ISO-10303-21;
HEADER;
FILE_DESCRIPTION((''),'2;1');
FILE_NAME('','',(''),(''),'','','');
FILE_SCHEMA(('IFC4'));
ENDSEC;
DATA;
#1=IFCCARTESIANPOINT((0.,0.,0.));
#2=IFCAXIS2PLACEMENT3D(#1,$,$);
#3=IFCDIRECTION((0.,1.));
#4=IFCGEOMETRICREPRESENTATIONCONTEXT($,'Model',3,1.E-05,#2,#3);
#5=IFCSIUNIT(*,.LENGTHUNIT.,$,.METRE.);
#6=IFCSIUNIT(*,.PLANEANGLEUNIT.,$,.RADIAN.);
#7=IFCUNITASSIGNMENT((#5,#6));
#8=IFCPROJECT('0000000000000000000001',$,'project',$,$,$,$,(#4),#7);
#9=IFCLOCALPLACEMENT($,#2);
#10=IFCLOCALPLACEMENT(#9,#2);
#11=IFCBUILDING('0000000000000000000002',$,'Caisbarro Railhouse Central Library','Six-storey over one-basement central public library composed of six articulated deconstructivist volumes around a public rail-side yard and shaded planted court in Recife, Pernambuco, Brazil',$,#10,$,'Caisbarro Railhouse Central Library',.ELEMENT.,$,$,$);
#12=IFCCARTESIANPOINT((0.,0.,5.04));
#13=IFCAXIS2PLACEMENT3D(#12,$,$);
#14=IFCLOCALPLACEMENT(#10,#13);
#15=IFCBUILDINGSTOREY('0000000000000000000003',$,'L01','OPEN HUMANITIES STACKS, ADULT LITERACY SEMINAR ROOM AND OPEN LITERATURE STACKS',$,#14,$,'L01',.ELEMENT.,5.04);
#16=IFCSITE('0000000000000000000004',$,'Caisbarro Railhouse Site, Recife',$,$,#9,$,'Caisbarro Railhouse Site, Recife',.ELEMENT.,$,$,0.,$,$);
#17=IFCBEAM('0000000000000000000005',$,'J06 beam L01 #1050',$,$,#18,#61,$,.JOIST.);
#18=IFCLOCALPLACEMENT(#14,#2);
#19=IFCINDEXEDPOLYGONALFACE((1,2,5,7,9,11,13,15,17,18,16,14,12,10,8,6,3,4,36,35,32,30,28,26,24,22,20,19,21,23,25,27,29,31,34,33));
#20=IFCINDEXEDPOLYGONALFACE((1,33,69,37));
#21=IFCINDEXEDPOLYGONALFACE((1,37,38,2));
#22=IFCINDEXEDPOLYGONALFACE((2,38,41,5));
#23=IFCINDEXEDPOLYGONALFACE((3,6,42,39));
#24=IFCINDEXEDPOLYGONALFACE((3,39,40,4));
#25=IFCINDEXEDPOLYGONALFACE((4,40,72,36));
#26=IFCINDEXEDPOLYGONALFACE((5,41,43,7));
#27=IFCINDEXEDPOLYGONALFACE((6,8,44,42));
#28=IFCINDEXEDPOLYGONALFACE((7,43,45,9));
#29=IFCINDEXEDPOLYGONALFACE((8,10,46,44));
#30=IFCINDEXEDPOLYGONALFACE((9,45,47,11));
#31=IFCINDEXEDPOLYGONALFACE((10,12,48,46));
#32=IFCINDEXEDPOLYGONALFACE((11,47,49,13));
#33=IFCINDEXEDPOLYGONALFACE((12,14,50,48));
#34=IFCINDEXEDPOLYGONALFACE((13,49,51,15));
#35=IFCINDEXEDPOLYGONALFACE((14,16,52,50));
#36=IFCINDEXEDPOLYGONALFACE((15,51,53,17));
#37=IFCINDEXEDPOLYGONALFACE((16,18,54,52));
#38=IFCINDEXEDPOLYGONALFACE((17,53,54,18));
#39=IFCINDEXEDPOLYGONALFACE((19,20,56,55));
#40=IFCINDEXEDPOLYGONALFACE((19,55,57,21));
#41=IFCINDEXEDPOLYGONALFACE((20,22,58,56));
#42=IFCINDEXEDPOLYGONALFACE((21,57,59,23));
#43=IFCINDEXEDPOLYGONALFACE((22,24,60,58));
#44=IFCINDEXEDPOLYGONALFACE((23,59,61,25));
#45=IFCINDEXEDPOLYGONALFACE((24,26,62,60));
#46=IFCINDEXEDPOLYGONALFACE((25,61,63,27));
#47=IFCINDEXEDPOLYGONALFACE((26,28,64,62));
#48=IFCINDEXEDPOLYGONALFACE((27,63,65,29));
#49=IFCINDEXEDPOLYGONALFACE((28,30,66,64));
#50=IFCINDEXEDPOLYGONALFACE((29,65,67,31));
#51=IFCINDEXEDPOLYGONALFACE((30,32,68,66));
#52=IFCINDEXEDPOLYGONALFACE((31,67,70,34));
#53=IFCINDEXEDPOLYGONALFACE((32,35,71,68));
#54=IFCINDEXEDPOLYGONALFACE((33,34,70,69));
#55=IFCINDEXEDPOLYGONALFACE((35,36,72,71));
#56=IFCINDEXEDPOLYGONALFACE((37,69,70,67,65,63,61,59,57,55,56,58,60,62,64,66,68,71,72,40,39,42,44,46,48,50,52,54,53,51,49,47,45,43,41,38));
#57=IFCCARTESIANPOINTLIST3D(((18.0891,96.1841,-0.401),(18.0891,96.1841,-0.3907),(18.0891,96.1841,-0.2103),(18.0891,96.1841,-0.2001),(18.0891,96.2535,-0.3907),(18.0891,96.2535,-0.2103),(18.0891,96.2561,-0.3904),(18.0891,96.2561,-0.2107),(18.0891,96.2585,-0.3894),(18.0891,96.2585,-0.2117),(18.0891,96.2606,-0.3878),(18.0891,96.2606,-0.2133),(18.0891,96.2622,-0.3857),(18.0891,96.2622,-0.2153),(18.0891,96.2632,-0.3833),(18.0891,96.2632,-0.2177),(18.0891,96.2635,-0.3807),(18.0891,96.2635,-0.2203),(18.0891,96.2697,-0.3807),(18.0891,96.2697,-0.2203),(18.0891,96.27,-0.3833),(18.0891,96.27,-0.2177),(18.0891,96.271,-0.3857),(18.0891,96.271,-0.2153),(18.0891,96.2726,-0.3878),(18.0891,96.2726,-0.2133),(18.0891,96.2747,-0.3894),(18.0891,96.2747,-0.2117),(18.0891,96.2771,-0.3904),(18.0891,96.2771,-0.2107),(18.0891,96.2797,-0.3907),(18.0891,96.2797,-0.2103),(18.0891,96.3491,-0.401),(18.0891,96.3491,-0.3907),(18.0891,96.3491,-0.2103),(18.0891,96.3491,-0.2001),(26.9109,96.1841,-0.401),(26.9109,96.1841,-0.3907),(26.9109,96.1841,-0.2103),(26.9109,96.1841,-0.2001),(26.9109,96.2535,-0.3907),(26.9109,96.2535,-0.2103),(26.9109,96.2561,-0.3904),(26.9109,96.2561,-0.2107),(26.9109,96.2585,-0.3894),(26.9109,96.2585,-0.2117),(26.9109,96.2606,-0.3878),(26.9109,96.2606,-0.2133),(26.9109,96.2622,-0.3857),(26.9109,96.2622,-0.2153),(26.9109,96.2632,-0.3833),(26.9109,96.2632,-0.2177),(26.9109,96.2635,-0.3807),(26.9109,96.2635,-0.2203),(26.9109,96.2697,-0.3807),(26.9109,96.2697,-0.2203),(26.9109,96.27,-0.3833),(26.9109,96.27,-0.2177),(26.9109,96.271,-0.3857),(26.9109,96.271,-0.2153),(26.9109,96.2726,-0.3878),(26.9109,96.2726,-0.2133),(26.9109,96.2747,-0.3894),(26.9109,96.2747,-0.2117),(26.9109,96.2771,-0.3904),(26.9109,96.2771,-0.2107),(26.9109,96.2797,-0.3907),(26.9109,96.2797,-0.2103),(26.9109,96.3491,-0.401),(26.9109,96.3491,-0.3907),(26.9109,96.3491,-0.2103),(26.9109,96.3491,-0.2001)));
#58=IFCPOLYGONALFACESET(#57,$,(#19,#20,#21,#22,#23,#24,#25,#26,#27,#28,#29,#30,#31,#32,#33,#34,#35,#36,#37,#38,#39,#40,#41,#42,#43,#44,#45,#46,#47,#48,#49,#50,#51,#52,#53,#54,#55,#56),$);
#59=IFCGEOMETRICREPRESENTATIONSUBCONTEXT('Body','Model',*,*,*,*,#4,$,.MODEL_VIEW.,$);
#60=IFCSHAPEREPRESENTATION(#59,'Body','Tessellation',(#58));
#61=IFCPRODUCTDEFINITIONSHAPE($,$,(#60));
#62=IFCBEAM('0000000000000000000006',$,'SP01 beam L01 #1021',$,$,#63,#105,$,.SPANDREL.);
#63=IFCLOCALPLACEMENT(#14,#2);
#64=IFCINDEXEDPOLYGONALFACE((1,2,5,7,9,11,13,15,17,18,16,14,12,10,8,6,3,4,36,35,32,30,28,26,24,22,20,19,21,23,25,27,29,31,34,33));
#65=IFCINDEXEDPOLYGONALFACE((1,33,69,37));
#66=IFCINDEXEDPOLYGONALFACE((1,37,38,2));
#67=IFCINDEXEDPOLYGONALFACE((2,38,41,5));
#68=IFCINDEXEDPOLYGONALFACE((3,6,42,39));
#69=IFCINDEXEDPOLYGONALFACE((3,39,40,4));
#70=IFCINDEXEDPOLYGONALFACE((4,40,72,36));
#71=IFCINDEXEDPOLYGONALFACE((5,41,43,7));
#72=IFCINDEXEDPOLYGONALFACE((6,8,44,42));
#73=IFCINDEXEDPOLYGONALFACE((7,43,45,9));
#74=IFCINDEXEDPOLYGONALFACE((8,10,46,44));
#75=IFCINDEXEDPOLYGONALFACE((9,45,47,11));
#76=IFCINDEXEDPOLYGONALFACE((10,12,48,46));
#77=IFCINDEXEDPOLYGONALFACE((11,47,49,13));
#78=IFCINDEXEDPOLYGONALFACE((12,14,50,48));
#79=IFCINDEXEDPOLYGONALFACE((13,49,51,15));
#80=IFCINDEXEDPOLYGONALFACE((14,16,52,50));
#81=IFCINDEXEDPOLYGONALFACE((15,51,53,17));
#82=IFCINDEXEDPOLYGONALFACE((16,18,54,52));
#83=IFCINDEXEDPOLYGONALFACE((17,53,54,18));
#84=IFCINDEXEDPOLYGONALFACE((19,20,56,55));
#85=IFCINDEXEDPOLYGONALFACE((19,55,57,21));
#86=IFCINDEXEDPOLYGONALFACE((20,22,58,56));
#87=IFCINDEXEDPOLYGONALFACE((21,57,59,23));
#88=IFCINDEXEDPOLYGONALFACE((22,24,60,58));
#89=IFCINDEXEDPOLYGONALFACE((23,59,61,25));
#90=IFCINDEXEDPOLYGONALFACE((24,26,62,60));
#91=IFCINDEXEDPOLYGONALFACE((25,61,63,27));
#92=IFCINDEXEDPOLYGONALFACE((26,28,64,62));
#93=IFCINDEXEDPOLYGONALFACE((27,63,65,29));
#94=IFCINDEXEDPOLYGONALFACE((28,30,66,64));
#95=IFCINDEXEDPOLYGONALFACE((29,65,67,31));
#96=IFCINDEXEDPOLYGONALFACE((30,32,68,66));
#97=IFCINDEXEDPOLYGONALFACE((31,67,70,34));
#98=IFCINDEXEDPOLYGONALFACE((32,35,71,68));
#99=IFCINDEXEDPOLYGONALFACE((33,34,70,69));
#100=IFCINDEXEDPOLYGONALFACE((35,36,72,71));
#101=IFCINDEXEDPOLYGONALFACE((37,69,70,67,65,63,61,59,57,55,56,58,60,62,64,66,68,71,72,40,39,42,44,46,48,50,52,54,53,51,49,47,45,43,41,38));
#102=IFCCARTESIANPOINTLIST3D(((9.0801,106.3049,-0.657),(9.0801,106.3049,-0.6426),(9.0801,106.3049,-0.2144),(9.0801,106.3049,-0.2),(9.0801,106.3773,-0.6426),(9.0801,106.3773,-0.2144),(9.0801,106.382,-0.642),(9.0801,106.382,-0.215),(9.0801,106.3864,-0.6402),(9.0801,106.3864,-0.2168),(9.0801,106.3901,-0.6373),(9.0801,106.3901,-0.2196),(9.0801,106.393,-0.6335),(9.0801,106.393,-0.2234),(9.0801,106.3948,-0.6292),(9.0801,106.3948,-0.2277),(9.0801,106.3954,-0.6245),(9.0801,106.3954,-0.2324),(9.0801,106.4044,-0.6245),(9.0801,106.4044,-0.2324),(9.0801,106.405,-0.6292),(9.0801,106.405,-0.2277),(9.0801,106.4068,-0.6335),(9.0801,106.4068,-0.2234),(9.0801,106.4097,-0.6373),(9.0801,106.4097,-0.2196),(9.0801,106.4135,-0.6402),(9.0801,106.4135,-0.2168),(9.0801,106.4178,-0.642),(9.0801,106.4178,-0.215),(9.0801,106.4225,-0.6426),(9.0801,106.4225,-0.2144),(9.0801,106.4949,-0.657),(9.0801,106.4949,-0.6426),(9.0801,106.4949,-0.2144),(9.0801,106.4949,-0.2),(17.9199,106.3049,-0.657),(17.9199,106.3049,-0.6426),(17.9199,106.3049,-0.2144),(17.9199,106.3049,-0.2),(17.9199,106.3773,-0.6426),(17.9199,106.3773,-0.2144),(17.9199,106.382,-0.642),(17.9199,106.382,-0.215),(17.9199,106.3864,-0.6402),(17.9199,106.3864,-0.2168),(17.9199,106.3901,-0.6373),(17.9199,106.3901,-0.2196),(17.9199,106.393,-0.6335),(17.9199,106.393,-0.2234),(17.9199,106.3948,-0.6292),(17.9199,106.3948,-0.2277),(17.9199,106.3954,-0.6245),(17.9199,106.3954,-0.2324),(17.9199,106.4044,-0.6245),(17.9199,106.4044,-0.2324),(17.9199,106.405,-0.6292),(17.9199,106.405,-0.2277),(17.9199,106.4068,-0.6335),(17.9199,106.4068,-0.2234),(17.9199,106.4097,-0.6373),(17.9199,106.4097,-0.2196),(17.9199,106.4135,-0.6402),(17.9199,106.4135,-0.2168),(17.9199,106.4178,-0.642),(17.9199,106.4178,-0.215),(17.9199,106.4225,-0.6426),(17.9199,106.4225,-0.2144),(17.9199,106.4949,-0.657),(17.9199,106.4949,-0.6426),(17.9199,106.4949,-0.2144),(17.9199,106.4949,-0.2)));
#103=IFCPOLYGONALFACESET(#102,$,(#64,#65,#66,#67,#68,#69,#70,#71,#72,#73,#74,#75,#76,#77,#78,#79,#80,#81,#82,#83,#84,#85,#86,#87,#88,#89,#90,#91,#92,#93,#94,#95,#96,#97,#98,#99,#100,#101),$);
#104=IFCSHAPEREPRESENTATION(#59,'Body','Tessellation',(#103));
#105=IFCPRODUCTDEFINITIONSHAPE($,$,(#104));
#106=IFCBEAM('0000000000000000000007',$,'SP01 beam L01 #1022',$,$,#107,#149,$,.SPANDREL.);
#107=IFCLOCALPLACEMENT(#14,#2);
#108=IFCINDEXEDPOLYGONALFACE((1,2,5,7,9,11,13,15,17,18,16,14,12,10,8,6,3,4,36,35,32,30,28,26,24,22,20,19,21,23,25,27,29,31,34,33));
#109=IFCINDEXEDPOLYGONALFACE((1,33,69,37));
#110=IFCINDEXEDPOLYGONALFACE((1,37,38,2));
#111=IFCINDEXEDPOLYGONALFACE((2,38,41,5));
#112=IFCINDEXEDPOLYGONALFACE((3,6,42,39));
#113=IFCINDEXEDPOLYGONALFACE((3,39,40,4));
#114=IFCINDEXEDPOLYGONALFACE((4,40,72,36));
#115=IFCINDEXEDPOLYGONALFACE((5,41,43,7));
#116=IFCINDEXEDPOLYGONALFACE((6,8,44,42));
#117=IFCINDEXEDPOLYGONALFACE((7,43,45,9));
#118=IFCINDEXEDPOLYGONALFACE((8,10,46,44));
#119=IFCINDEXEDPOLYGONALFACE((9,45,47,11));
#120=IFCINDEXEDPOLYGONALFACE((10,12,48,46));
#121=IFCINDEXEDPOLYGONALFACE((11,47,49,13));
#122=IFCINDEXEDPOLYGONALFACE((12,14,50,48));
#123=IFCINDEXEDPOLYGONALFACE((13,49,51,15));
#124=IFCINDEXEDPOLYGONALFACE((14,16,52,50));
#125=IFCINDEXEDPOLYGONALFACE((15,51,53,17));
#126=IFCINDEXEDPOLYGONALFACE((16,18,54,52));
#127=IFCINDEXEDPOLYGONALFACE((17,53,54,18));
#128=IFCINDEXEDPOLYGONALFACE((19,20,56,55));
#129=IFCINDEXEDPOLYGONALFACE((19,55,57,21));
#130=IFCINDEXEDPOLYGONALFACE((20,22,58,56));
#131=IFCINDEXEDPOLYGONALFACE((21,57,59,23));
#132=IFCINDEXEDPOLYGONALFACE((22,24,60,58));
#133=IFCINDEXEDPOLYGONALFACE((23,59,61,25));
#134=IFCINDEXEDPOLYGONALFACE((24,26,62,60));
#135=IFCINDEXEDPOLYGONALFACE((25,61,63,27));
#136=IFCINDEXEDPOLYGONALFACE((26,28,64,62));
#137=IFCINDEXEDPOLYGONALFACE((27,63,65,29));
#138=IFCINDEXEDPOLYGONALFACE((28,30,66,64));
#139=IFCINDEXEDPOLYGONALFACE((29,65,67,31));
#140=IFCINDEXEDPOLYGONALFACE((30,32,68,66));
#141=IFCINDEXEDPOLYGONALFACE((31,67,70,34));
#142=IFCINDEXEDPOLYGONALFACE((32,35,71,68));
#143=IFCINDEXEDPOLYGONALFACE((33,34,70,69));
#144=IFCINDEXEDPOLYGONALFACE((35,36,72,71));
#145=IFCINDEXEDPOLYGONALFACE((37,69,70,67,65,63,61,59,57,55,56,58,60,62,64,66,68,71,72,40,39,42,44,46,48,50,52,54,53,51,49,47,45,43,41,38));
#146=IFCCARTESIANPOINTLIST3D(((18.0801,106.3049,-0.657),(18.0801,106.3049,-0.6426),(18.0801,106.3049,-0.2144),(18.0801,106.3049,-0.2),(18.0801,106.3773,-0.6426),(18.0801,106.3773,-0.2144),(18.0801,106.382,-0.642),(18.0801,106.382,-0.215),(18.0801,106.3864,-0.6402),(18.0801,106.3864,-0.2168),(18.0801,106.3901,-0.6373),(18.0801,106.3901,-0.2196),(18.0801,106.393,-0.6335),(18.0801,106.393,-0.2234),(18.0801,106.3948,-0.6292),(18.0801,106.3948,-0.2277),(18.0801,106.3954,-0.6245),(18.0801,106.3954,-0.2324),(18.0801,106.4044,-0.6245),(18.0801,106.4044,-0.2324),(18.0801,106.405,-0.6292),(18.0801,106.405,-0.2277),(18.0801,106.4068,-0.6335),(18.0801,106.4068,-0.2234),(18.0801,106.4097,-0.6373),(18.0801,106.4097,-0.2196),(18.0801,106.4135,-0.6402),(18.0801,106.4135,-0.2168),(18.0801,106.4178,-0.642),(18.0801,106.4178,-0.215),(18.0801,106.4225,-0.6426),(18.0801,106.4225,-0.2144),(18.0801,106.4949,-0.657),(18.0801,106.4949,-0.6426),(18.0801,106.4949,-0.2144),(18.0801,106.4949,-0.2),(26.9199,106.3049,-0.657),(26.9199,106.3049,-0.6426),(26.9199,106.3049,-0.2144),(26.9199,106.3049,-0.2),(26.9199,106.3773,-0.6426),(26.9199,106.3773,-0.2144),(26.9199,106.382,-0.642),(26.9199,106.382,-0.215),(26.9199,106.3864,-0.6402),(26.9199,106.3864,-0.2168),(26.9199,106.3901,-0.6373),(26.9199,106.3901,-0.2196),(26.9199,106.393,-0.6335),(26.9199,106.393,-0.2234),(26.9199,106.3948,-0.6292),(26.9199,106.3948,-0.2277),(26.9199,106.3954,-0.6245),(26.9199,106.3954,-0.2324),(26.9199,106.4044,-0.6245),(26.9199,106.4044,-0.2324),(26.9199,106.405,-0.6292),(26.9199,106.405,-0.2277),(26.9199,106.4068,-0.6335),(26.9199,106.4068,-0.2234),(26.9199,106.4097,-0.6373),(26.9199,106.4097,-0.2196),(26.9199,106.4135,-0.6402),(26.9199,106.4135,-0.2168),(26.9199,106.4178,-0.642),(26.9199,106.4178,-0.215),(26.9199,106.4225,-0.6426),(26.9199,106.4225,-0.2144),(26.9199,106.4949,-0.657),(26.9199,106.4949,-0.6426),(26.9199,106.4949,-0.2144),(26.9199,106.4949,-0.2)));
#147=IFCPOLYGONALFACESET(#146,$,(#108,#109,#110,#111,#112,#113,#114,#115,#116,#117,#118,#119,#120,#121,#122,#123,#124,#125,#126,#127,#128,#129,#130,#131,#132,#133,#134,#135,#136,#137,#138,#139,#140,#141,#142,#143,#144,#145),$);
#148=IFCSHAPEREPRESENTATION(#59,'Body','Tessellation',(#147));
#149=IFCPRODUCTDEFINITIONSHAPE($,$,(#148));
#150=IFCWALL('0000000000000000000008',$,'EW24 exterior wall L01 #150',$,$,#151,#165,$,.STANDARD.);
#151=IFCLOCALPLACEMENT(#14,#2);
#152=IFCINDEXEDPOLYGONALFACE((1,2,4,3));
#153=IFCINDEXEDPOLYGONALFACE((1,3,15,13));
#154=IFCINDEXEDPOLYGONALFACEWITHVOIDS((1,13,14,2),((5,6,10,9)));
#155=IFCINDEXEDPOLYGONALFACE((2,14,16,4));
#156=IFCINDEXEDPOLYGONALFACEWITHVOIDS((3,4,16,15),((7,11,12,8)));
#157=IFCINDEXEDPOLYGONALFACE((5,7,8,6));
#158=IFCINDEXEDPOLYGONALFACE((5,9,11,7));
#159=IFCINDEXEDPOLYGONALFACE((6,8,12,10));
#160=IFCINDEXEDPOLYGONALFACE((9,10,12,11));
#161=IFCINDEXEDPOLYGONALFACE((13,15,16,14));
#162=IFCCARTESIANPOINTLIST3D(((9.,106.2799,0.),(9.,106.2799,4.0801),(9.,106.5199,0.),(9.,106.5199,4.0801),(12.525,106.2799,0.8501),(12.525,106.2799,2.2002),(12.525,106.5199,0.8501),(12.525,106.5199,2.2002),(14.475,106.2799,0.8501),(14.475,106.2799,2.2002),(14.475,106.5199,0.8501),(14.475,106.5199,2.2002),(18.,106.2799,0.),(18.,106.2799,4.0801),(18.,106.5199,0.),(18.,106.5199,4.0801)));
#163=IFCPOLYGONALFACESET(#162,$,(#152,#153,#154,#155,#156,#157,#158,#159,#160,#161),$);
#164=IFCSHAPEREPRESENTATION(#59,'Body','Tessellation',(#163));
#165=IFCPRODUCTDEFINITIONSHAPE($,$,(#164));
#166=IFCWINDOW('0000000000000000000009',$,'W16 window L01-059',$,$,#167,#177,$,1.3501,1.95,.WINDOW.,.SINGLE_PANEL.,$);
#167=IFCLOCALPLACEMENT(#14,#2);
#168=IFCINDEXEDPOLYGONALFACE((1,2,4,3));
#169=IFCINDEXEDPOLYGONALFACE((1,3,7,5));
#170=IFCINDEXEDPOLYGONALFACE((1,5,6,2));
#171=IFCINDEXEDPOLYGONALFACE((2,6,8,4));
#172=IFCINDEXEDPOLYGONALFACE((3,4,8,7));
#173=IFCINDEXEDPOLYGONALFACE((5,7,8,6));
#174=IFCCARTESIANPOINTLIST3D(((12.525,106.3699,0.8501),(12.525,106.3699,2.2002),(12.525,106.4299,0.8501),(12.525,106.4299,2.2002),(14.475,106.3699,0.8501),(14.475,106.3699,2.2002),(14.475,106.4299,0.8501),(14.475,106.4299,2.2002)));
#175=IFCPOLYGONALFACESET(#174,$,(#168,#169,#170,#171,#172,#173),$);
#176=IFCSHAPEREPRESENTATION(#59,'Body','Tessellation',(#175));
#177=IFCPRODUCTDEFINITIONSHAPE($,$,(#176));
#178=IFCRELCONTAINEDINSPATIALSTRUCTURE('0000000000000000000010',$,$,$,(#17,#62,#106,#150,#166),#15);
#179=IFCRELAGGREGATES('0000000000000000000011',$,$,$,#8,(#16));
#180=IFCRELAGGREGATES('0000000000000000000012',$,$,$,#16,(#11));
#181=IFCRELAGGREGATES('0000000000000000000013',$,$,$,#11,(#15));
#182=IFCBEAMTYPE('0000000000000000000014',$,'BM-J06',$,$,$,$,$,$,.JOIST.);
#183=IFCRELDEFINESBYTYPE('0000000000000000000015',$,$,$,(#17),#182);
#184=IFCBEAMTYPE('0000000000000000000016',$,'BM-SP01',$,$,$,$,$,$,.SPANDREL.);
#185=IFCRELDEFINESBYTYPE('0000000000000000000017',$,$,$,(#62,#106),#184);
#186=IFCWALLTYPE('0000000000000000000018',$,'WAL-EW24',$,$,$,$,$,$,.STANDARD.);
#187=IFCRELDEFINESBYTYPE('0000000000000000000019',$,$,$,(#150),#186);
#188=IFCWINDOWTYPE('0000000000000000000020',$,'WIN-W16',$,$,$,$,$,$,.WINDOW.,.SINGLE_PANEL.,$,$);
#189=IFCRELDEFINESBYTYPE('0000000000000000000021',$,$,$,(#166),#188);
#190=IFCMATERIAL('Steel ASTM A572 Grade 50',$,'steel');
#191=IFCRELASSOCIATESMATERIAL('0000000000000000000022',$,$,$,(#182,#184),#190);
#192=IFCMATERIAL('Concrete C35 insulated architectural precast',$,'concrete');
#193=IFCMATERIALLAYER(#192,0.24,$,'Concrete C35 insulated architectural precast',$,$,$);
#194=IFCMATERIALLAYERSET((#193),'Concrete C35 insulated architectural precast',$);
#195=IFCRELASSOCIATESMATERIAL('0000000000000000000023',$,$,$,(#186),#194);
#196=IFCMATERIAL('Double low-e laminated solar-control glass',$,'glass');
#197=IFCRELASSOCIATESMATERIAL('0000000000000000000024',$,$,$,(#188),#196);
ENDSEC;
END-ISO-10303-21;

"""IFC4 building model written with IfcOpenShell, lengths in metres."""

from ifc_helpers import new_model, si_unit, direction, frame, frame_2d, origin, origin_2d, place, context, subcontext, project, spatial, rectangle, i_section, extrude, material, layer, layer_set, material_profile, profile_set, type_object, element, fill, save


model = new_model("IFC4")

# Units and contexts
model_context = context("Model", 3, precision=1e-05, world=origin(), true_north=direction((0.0, 1.0)))
body_context = subcontext(model_context, "Body", "Model", "MODEL_VIEW")
ifc_project = project(units=[si_unit("LENGTHUNIT", "METRE"), si_unit("PLANEANGLEUNIT", "RADIAN")], contexts=[model_context])

# Site, building, storey
site_placement = place(None, origin())
site = spatial("IfcSite", under=ifc_project, at=site_placement, Name="Caisbarro Railhouse Site, Recife", LongName="Caisbarro Railhouse Site, Recife", CompositionType="ELEMENT", RefElevation=0.0)
building_placement = place(site_placement, origin())
building = spatial("IfcBuilding", under=site, at=building_placement, Name="Caisbarro Railhouse Central Library", Description="Six-storey over one-basement central public library composed of six articulated deconstructivist volumes around a public rail-side yard and shaded planted court in Recife, Pernambuco, Brazil", LongName="Caisbarro Railhouse Central Library", CompositionType="ELEMENT")
storey_placement = place(building_placement, frame((0.0, 0.0, 5.04)))
storey = spatial("IfcBuildingStorey", under=building, at=storey_placement, Name="L01", Description="OPEN HUMANITIES STACKS, ADULT LITERACY SEMINAR ROOM AND OPEN LITERATURE STACKS", LongName="L01", CompositionType="ELEMENT", Elevation=5.04)

# Shared definitions
ifc_material_1 = material(Name="Steel ASTM A572 Grade 50", Category="steel")

# Beams
ifc_material_profile_1 = material_profile(ifc_material_1, i_section(OverallWidth=0.165, OverallDepth=0.2009, WebThickness=0.0061, FlangeThickness=0.0103, FilletRadius=0.01, at=origin_2d()), Name="W200X35.9")
ifc_profile_set_1 = profile_set([ifc_material_profile_1], Name="Steel ASTM A572 Grade 50")
beam_type_1 = type_object("IfcBeamType", Name="BM-J06", PredefinedType="JOIST", material=ifc_profile_set_1)
for number, where, z_axis, x_axis, name in (
    (1, (18.0891, 96.2666, -0.3005), (1.0, 0.0, 0.0), (0.0, 1.0, 0.0), "J06 beam L01 #1050"),
):
    element("IfcBeam", number, at=place(storey_placement, frame(where, z_axis=z_axis, x_axis=x_axis)), inside=storey, type_object=beam_type_1, Name=name, PredefinedType="JOIST", context=body_context, shape_type="SweptSolid", body=[
        extrude(i_section(OverallWidth=0.165, OverallDepth=0.2009, WebThickness=0.0061, FlangeThickness=0.0103, FilletRadius=0.01, at=origin_2d()), origin(), (0.0, 0.0, 1.0), 8.8218),
    ])
ifc_material_profile_2 = material_profile(ifc_material_1, i_section(OverallWidth=0.1899, OverallDepth=0.457, WebThickness=0.009, FlangeThickness=0.0144, FilletRadius=0.0181, at=origin_2d()), Name="W460X74.0")
ifc_profile_set_2 = profile_set([ifc_material_profile_2], Name="Steel ASTM A572 Grade 50")
beam_type_2 = type_object("IfcBeamType", Name="BM-SP01", PredefinedType="SPANDREL", material=ifc_profile_set_2)
for number, where, z_axis, x_axis, name in (
    (2, (9.0801, 106.3999, -0.4285), (1.0, 0.0, 0.0), (0.0, 1.0, 0.0), "SP01 beam L01 #1021"),
    (3, (18.0801, 106.3999, -0.4285), (1.0, 0.0, 0.0), (0.0, 1.0, 0.0), "SP01 beam L01 #1022"),
):
    element("IfcBeam", number, at=place(storey_placement, frame(where, z_axis=z_axis, x_axis=x_axis)), inside=storey, type_object=beam_type_2, Name=name, PredefinedType="SPANDREL", context=body_context, shape_type="SweptSolid", body=[
        extrude(i_section(OverallWidth=0.1899, OverallDepth=0.457, WebThickness=0.009, FlangeThickness=0.0144, FilletRadius=0.0181, at=origin_2d()), origin(), (0.0, 0.0, 1.0), 8.8398),
    ])

# Wall, opening, window
ifc_material_2 = material(Name="Concrete C35 insulated architectural precast", Category="concrete")
ifc_layer_1 = layer(ifc_material_2, 0.24, Name="Concrete C35 insulated architectural precast")
ifc_layer_set_1 = layer_set([ifc_layer_1], Name="Concrete C35 insulated architectural precast")
wall_type_1 = type_object("IfcWallType", Name="WAL-EW24", PredefinedType="STANDARD", material=ifc_layer_set_1)
wall_1_placement = place(storey_placement, frame((9.0, 106.3999, 0.0), z_axis=(0.0, 0.0, 1.0), x_axis=(1.0, 0.0, 0.0)))
wall_1 = element("IfcWall", 4, at=wall_1_placement, inside=storey, type_object=wall_type_1, Name="EW24 exterior wall L01 #150", PredefinedType="STANDARD", context=body_context, shape_type="SweptSolid", body=[
    extrude(rectangle(XDim=9.0, YDim=0.24, at=frame_2d((4.5, 0.0))), origin(), (0.0, 0.0, 1.0), 4.0801),
])
opening_1_placement = place(wall_1_placement, frame((3.5249, 0.0, 0.8501)))
opening_1 = element("IfcOpeningElement", 5, at=opening_1_placement, cuts=wall_1, PredefinedType="OPENING", context=body_context, shape_type="SweptSolid", body=[
    extrude(rectangle(XDim=1.95, YDim=1.3501, at=frame_2d((0.9751, 0.675))), frame((0.0, 0.1299, 0.0), z_axis=(0.0, -1.0, 0.0), x_axis=(1.0, 0.0, 0.0)), (0.0, 0.0, 1.0), 0.26),
])
ifc_material_3 = material(Name="Double low-e laminated solar-control glass", Category="glass")
window_type_1 = type_object("IfcWindowType", Name="WIN-W16", PartitioningType="SINGLE_PANEL", PredefinedType="WINDOW", material=ifc_material_3)
window_1_placement = place(opening_1_placement, origin())
window_1 = element("IfcWindow", 6, at=window_1_placement, inside=storey, type_object=window_type_1, Name="W16 window L01-059", OverallHeight=1.3501, OverallWidth=1.95, PartitioningType="SINGLE_PANEL", PredefinedType="WINDOW", context=body_context, shape_type="SweptSolid", body=[
    extrude(rectangle(XDim=1.95, YDim=1.3501, at=frame_2d((0.9751, 0.675))), frame((0.0, 0.03, 0.0), z_axis=(0.0, -1.0, 0.0), x_axis=(1.0, 0.0, 0.0)), (0.0, 0.0, 1.0), 0.0601),
])
fill(opening_1, window_1)

save(model, "model.ifc")
